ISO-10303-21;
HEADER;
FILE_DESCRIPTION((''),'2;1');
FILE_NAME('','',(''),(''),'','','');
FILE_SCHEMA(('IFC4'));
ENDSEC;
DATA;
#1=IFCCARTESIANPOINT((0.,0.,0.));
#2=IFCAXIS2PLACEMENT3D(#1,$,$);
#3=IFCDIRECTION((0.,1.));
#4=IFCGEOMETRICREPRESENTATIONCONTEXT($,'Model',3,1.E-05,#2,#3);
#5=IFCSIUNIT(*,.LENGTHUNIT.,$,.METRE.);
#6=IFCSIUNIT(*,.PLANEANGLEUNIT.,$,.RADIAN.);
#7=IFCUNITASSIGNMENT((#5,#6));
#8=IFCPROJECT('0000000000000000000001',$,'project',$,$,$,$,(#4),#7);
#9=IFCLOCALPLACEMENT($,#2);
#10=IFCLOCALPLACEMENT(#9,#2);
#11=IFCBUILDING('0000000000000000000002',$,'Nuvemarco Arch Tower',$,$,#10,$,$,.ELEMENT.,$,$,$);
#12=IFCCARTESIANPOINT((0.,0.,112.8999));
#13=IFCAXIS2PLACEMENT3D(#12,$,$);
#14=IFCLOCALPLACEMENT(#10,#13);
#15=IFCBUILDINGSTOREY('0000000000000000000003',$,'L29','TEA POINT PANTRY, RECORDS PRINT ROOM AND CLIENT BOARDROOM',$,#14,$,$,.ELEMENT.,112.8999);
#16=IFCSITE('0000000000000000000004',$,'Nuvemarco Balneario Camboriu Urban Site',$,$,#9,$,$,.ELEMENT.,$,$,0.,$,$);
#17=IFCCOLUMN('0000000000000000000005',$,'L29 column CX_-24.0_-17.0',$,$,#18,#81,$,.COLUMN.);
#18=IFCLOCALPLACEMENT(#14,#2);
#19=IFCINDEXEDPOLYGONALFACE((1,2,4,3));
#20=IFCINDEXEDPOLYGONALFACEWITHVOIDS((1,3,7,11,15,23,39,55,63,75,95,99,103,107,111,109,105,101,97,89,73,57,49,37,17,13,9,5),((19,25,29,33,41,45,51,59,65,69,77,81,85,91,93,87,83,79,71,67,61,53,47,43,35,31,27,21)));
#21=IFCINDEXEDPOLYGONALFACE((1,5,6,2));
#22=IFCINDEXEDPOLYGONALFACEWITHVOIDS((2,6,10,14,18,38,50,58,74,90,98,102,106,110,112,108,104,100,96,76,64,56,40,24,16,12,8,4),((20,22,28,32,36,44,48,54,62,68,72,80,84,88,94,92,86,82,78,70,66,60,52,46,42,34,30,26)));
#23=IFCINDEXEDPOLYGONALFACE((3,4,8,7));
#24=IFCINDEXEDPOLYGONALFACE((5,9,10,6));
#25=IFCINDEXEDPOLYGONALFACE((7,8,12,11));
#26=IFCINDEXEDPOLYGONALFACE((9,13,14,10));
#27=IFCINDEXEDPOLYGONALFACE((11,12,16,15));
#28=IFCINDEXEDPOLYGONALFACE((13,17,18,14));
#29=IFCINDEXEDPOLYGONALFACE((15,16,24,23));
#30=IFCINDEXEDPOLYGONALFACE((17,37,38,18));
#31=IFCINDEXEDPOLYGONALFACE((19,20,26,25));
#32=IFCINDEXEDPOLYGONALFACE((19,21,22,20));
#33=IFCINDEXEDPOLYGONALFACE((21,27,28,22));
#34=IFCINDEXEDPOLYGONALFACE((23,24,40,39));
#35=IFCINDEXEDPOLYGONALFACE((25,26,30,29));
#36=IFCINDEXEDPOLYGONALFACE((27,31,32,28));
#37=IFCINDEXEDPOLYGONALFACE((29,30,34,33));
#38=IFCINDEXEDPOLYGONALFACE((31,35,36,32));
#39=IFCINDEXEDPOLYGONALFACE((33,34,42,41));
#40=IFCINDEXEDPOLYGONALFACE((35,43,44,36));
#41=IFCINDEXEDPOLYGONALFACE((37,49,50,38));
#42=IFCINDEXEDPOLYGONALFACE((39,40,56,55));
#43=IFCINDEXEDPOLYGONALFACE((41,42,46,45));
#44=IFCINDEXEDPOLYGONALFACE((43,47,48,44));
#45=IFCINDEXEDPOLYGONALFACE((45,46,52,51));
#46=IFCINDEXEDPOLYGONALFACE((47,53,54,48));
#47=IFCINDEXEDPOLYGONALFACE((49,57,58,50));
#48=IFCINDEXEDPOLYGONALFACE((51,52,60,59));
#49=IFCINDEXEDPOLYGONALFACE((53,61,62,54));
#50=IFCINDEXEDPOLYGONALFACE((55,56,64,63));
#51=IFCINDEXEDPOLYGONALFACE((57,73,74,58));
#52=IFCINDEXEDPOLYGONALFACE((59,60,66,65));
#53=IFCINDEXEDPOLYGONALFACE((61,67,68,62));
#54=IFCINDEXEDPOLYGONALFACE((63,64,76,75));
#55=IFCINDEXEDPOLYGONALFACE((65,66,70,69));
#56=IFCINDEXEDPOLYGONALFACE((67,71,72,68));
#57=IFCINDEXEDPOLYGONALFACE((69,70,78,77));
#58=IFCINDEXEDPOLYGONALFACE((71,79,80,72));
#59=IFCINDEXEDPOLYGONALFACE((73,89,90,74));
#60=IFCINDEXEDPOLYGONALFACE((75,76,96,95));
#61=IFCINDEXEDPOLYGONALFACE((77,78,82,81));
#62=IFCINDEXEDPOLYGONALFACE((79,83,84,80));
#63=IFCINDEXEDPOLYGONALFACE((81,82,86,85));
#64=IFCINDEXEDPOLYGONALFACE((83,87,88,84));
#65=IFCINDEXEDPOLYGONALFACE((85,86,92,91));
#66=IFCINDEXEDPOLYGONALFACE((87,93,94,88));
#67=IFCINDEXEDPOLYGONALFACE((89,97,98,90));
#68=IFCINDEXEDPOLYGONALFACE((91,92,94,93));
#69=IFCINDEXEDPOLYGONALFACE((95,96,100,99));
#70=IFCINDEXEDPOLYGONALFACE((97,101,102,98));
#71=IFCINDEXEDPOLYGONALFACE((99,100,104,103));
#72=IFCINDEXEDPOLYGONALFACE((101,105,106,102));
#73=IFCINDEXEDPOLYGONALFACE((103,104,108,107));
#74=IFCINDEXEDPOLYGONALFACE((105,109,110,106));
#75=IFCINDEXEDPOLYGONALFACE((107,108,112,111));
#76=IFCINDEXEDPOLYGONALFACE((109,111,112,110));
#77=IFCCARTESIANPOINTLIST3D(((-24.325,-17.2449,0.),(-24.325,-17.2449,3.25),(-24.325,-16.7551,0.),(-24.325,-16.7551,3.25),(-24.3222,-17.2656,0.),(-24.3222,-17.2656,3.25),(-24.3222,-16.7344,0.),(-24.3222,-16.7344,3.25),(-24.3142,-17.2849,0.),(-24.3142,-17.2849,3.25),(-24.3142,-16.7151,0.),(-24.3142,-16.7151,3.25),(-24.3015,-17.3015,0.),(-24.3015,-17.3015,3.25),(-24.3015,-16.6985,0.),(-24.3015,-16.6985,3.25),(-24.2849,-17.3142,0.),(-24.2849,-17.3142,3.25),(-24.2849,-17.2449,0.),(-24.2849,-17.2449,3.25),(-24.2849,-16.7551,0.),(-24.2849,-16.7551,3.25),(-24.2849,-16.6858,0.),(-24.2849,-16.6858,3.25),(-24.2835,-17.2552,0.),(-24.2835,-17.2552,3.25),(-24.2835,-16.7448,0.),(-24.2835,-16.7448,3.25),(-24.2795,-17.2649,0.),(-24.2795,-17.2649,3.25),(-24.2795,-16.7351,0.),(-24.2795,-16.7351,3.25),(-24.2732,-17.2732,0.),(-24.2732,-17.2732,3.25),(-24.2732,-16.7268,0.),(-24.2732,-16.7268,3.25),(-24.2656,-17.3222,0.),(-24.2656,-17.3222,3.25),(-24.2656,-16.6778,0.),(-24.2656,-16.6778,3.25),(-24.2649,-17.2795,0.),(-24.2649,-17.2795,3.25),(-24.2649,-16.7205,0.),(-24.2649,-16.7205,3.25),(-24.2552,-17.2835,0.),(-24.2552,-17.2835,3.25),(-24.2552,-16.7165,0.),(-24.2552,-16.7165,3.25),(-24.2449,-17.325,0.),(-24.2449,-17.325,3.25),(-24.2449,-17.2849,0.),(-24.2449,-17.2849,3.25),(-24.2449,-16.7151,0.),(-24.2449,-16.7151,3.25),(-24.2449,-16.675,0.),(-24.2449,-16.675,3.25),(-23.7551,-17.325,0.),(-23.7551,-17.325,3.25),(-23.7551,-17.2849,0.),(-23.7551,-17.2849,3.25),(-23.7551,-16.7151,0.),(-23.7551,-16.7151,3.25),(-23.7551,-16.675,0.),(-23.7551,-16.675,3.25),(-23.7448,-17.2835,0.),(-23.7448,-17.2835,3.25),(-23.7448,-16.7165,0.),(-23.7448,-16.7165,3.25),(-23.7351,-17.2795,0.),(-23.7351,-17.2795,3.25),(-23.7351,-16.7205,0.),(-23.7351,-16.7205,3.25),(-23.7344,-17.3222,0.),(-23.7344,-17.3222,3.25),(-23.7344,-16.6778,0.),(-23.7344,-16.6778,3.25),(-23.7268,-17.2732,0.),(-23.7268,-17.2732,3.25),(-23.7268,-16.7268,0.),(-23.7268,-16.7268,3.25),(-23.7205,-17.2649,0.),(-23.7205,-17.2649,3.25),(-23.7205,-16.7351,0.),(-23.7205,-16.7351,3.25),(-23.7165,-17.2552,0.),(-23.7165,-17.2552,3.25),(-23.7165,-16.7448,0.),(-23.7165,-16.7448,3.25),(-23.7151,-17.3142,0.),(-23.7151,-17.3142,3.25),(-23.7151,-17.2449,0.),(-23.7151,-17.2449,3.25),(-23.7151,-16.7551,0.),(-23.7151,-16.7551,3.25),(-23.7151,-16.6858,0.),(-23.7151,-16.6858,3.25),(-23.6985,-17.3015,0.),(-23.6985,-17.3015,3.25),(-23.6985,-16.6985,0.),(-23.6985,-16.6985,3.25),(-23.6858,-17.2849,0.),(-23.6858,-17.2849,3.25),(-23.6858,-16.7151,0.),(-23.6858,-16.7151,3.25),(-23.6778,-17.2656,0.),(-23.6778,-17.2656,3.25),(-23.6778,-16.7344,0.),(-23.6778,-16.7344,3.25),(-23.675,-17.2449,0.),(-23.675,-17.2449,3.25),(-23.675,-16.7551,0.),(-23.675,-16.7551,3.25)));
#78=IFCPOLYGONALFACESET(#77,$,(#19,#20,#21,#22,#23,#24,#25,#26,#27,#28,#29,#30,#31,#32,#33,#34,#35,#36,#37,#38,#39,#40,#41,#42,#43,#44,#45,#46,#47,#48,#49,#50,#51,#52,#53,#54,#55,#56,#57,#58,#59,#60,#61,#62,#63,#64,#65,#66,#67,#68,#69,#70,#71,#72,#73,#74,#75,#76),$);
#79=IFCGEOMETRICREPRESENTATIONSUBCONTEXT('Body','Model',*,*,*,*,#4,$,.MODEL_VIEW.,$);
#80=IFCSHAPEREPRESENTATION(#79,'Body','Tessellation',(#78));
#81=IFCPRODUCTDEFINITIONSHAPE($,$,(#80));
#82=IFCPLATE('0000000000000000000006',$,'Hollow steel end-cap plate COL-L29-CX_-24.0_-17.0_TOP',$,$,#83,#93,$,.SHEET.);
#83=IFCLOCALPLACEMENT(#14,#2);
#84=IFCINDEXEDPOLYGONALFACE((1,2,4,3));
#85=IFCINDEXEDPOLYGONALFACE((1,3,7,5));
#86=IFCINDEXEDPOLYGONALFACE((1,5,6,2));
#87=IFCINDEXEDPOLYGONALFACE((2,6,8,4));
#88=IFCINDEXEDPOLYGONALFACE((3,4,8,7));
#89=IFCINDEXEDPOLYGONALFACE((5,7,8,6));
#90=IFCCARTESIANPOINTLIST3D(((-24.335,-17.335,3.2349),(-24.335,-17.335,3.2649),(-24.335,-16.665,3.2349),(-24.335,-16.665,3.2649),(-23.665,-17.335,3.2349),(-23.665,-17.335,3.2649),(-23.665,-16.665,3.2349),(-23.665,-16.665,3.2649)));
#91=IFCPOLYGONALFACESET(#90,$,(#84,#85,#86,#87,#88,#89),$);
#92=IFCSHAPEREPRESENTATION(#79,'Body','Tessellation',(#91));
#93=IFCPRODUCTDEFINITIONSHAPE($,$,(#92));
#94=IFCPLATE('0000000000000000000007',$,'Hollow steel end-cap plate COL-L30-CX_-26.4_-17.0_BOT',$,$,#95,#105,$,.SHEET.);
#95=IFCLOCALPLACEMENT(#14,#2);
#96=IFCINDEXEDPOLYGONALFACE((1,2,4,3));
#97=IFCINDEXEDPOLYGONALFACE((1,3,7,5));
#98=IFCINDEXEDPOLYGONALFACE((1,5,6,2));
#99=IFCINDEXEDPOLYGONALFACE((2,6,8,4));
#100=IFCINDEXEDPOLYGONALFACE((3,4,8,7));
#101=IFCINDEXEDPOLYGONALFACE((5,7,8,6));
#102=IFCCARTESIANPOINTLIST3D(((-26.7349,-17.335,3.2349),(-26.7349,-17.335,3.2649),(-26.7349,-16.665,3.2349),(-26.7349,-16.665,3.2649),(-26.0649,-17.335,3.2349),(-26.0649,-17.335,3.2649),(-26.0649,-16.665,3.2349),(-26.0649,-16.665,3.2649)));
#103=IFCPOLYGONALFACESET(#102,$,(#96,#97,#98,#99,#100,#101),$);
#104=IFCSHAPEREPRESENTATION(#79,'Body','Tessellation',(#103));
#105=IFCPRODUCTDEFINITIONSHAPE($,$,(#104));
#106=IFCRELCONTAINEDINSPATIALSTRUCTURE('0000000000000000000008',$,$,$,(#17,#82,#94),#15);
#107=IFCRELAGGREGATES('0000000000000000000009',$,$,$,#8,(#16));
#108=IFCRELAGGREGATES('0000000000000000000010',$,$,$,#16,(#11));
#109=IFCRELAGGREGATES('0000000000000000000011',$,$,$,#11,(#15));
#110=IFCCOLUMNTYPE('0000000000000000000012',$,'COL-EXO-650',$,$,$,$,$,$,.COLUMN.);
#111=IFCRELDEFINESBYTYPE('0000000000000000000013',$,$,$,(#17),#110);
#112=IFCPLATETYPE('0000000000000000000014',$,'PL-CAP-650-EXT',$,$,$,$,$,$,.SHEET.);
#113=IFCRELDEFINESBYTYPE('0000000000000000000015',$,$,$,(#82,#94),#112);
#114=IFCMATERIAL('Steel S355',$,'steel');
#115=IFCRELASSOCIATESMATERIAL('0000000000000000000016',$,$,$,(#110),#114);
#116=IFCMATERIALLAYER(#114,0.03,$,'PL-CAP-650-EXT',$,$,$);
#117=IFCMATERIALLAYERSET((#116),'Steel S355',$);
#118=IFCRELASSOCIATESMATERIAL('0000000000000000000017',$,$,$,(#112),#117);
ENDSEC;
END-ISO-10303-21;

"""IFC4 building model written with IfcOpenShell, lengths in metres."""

from ifc_helpers import new_model, si_unit, direction, frame, origin, origin_2d, place, context, subcontext, project, spatial, rectangle, hollow_rectangle, extrude, source, transform, mapped, material, layer, layer_set, material_profile, profile_set, type_object, type_shapes, element, save


model = new_model("IFC4")

# Units and contexts
model_context = context("Model", 3, precision=1e-05, world=origin(), true_north=direction((0.0, 1.0)))
body_context = subcontext(model_context, "Body", "Model", "MODEL_VIEW")
ifc_project = project(units=[si_unit("LENGTHUNIT", "METRE"), si_unit("PLANEANGLEUNIT", "RADIAN")], contexts=[model_context])

# Site, building, storey
site_placement = place(None, origin())
site = spatial("IfcSite", under=ifc_project, at=site_placement, Name="Nuvemarco Balneario Camboriu Urban Site", CompositionType="ELEMENT", RefElevation=0.0)
building_placement = place(site_placement, origin())
building = spatial("IfcBuilding", under=site, at=building_placement, Name="Nuvemarco Arch Tower", CompositionType="ELEMENT")
storey_placement = place(building_placement, frame((0.0, 0.0, 112.8999)))
storey = spatial("IfcBuildingStorey", under=building, at=storey_placement, Name="L29", Description="TEA POINT PANTRY, RECORDS PRINT ROOM AND CLIENT BOARDROOM", CompositionType="ELEMENT", Elevation=112.8999)

# Column
ifc_material_1 = material(Name="Steel S355", Category="steel")
ifc_material_profile = material_profile(ifc_material_1, hollow_rectangle(XDim=0.6499, YDim=0.6499, WallThickness=0.04, InnerFilletRadius=0.04, OuterFilletRadius=0.0801, at=origin_2d()), Name="SHS650x650x40")
ifc_profile_set = profile_set([ifc_material_profile], Name="Steel S355")
column_type = type_object("IfcColumnType", Name="COL-EXO-650", PredefinedType="COLUMN", material=ifc_profile_set)
column_placement = place(storey_placement, frame((-24.0, -17.0, 0.0), z_axis=(0.0, 0.0, 1.0), x_axis=(1.0, 0.0, 0.0)))
element("IfcColumn", 1, at=column_placement, inside=storey, type_object=column_type, Name="L29 column CX_-24.0_-17.0", PredefinedType="COLUMN", context=body_context, shape_type="SweptSolid", body=[
    extrude(hollow_rectangle(XDim=0.6499, YDim=0.6499, WallThickness=0.04, InnerFilletRadius=0.04, OuterFilletRadius=0.0801, at=origin_2d()), origin(), (0.0, 0.0, 1.0), 3.25),
])

# Plates
ifc_layer_1 = layer(ifc_material_1, 0.03, Name="PL-CAP-650-EXT")
ifc_layer_set_1 = layer_set([ifc_layer_1], Name="Steel S355")
plate_type = type_object("IfcPlateType", Name="PL-CAP-650-EXT", PredefinedType="SHEET", material=ifc_layer_set_1)
shared_shape_1 = source(origin(), body_context, "Body", "SweptSolid", [
    extrude(rectangle(XDim=0.6699, YDim=0.6699, at=origin_2d()), origin(), (0.0, 0.0, 1.0), 0.03),
])
type_shapes(plate_type, [shared_shape_1])
for number, where, z_axis, x_axis, name in (
    (2, (-24.0, -17.0, 3.2349), (0.0, 0.0, 1.0), (1.0, 0.0, 0.0), "Hollow steel end-cap plate COL-L29-CX_-24.0_-17.0_TOP"),
    (3, (-26.3999, -17.0, 3.2349), (0.0, 0.0, 1.0), (1.0, 0.0, 0.0), "Hollow steel end-cap plate COL-L30-CX_-26.4_-17.0_BOT"),
):
    element("IfcPlate", number, at=place(storey_placement, frame(where, z_axis=z_axis, x_axis=x_axis)), inside=storey, type_object=plate_type, Name=name, PredefinedType="SHEET", context=body_context, shape_type="MappedRepresentation", body=[
        mapped(shared_shape_1, transform((0.0, 0.0, 0.0), scale=1.0)),
    ])

save(model, "model.ifc")
